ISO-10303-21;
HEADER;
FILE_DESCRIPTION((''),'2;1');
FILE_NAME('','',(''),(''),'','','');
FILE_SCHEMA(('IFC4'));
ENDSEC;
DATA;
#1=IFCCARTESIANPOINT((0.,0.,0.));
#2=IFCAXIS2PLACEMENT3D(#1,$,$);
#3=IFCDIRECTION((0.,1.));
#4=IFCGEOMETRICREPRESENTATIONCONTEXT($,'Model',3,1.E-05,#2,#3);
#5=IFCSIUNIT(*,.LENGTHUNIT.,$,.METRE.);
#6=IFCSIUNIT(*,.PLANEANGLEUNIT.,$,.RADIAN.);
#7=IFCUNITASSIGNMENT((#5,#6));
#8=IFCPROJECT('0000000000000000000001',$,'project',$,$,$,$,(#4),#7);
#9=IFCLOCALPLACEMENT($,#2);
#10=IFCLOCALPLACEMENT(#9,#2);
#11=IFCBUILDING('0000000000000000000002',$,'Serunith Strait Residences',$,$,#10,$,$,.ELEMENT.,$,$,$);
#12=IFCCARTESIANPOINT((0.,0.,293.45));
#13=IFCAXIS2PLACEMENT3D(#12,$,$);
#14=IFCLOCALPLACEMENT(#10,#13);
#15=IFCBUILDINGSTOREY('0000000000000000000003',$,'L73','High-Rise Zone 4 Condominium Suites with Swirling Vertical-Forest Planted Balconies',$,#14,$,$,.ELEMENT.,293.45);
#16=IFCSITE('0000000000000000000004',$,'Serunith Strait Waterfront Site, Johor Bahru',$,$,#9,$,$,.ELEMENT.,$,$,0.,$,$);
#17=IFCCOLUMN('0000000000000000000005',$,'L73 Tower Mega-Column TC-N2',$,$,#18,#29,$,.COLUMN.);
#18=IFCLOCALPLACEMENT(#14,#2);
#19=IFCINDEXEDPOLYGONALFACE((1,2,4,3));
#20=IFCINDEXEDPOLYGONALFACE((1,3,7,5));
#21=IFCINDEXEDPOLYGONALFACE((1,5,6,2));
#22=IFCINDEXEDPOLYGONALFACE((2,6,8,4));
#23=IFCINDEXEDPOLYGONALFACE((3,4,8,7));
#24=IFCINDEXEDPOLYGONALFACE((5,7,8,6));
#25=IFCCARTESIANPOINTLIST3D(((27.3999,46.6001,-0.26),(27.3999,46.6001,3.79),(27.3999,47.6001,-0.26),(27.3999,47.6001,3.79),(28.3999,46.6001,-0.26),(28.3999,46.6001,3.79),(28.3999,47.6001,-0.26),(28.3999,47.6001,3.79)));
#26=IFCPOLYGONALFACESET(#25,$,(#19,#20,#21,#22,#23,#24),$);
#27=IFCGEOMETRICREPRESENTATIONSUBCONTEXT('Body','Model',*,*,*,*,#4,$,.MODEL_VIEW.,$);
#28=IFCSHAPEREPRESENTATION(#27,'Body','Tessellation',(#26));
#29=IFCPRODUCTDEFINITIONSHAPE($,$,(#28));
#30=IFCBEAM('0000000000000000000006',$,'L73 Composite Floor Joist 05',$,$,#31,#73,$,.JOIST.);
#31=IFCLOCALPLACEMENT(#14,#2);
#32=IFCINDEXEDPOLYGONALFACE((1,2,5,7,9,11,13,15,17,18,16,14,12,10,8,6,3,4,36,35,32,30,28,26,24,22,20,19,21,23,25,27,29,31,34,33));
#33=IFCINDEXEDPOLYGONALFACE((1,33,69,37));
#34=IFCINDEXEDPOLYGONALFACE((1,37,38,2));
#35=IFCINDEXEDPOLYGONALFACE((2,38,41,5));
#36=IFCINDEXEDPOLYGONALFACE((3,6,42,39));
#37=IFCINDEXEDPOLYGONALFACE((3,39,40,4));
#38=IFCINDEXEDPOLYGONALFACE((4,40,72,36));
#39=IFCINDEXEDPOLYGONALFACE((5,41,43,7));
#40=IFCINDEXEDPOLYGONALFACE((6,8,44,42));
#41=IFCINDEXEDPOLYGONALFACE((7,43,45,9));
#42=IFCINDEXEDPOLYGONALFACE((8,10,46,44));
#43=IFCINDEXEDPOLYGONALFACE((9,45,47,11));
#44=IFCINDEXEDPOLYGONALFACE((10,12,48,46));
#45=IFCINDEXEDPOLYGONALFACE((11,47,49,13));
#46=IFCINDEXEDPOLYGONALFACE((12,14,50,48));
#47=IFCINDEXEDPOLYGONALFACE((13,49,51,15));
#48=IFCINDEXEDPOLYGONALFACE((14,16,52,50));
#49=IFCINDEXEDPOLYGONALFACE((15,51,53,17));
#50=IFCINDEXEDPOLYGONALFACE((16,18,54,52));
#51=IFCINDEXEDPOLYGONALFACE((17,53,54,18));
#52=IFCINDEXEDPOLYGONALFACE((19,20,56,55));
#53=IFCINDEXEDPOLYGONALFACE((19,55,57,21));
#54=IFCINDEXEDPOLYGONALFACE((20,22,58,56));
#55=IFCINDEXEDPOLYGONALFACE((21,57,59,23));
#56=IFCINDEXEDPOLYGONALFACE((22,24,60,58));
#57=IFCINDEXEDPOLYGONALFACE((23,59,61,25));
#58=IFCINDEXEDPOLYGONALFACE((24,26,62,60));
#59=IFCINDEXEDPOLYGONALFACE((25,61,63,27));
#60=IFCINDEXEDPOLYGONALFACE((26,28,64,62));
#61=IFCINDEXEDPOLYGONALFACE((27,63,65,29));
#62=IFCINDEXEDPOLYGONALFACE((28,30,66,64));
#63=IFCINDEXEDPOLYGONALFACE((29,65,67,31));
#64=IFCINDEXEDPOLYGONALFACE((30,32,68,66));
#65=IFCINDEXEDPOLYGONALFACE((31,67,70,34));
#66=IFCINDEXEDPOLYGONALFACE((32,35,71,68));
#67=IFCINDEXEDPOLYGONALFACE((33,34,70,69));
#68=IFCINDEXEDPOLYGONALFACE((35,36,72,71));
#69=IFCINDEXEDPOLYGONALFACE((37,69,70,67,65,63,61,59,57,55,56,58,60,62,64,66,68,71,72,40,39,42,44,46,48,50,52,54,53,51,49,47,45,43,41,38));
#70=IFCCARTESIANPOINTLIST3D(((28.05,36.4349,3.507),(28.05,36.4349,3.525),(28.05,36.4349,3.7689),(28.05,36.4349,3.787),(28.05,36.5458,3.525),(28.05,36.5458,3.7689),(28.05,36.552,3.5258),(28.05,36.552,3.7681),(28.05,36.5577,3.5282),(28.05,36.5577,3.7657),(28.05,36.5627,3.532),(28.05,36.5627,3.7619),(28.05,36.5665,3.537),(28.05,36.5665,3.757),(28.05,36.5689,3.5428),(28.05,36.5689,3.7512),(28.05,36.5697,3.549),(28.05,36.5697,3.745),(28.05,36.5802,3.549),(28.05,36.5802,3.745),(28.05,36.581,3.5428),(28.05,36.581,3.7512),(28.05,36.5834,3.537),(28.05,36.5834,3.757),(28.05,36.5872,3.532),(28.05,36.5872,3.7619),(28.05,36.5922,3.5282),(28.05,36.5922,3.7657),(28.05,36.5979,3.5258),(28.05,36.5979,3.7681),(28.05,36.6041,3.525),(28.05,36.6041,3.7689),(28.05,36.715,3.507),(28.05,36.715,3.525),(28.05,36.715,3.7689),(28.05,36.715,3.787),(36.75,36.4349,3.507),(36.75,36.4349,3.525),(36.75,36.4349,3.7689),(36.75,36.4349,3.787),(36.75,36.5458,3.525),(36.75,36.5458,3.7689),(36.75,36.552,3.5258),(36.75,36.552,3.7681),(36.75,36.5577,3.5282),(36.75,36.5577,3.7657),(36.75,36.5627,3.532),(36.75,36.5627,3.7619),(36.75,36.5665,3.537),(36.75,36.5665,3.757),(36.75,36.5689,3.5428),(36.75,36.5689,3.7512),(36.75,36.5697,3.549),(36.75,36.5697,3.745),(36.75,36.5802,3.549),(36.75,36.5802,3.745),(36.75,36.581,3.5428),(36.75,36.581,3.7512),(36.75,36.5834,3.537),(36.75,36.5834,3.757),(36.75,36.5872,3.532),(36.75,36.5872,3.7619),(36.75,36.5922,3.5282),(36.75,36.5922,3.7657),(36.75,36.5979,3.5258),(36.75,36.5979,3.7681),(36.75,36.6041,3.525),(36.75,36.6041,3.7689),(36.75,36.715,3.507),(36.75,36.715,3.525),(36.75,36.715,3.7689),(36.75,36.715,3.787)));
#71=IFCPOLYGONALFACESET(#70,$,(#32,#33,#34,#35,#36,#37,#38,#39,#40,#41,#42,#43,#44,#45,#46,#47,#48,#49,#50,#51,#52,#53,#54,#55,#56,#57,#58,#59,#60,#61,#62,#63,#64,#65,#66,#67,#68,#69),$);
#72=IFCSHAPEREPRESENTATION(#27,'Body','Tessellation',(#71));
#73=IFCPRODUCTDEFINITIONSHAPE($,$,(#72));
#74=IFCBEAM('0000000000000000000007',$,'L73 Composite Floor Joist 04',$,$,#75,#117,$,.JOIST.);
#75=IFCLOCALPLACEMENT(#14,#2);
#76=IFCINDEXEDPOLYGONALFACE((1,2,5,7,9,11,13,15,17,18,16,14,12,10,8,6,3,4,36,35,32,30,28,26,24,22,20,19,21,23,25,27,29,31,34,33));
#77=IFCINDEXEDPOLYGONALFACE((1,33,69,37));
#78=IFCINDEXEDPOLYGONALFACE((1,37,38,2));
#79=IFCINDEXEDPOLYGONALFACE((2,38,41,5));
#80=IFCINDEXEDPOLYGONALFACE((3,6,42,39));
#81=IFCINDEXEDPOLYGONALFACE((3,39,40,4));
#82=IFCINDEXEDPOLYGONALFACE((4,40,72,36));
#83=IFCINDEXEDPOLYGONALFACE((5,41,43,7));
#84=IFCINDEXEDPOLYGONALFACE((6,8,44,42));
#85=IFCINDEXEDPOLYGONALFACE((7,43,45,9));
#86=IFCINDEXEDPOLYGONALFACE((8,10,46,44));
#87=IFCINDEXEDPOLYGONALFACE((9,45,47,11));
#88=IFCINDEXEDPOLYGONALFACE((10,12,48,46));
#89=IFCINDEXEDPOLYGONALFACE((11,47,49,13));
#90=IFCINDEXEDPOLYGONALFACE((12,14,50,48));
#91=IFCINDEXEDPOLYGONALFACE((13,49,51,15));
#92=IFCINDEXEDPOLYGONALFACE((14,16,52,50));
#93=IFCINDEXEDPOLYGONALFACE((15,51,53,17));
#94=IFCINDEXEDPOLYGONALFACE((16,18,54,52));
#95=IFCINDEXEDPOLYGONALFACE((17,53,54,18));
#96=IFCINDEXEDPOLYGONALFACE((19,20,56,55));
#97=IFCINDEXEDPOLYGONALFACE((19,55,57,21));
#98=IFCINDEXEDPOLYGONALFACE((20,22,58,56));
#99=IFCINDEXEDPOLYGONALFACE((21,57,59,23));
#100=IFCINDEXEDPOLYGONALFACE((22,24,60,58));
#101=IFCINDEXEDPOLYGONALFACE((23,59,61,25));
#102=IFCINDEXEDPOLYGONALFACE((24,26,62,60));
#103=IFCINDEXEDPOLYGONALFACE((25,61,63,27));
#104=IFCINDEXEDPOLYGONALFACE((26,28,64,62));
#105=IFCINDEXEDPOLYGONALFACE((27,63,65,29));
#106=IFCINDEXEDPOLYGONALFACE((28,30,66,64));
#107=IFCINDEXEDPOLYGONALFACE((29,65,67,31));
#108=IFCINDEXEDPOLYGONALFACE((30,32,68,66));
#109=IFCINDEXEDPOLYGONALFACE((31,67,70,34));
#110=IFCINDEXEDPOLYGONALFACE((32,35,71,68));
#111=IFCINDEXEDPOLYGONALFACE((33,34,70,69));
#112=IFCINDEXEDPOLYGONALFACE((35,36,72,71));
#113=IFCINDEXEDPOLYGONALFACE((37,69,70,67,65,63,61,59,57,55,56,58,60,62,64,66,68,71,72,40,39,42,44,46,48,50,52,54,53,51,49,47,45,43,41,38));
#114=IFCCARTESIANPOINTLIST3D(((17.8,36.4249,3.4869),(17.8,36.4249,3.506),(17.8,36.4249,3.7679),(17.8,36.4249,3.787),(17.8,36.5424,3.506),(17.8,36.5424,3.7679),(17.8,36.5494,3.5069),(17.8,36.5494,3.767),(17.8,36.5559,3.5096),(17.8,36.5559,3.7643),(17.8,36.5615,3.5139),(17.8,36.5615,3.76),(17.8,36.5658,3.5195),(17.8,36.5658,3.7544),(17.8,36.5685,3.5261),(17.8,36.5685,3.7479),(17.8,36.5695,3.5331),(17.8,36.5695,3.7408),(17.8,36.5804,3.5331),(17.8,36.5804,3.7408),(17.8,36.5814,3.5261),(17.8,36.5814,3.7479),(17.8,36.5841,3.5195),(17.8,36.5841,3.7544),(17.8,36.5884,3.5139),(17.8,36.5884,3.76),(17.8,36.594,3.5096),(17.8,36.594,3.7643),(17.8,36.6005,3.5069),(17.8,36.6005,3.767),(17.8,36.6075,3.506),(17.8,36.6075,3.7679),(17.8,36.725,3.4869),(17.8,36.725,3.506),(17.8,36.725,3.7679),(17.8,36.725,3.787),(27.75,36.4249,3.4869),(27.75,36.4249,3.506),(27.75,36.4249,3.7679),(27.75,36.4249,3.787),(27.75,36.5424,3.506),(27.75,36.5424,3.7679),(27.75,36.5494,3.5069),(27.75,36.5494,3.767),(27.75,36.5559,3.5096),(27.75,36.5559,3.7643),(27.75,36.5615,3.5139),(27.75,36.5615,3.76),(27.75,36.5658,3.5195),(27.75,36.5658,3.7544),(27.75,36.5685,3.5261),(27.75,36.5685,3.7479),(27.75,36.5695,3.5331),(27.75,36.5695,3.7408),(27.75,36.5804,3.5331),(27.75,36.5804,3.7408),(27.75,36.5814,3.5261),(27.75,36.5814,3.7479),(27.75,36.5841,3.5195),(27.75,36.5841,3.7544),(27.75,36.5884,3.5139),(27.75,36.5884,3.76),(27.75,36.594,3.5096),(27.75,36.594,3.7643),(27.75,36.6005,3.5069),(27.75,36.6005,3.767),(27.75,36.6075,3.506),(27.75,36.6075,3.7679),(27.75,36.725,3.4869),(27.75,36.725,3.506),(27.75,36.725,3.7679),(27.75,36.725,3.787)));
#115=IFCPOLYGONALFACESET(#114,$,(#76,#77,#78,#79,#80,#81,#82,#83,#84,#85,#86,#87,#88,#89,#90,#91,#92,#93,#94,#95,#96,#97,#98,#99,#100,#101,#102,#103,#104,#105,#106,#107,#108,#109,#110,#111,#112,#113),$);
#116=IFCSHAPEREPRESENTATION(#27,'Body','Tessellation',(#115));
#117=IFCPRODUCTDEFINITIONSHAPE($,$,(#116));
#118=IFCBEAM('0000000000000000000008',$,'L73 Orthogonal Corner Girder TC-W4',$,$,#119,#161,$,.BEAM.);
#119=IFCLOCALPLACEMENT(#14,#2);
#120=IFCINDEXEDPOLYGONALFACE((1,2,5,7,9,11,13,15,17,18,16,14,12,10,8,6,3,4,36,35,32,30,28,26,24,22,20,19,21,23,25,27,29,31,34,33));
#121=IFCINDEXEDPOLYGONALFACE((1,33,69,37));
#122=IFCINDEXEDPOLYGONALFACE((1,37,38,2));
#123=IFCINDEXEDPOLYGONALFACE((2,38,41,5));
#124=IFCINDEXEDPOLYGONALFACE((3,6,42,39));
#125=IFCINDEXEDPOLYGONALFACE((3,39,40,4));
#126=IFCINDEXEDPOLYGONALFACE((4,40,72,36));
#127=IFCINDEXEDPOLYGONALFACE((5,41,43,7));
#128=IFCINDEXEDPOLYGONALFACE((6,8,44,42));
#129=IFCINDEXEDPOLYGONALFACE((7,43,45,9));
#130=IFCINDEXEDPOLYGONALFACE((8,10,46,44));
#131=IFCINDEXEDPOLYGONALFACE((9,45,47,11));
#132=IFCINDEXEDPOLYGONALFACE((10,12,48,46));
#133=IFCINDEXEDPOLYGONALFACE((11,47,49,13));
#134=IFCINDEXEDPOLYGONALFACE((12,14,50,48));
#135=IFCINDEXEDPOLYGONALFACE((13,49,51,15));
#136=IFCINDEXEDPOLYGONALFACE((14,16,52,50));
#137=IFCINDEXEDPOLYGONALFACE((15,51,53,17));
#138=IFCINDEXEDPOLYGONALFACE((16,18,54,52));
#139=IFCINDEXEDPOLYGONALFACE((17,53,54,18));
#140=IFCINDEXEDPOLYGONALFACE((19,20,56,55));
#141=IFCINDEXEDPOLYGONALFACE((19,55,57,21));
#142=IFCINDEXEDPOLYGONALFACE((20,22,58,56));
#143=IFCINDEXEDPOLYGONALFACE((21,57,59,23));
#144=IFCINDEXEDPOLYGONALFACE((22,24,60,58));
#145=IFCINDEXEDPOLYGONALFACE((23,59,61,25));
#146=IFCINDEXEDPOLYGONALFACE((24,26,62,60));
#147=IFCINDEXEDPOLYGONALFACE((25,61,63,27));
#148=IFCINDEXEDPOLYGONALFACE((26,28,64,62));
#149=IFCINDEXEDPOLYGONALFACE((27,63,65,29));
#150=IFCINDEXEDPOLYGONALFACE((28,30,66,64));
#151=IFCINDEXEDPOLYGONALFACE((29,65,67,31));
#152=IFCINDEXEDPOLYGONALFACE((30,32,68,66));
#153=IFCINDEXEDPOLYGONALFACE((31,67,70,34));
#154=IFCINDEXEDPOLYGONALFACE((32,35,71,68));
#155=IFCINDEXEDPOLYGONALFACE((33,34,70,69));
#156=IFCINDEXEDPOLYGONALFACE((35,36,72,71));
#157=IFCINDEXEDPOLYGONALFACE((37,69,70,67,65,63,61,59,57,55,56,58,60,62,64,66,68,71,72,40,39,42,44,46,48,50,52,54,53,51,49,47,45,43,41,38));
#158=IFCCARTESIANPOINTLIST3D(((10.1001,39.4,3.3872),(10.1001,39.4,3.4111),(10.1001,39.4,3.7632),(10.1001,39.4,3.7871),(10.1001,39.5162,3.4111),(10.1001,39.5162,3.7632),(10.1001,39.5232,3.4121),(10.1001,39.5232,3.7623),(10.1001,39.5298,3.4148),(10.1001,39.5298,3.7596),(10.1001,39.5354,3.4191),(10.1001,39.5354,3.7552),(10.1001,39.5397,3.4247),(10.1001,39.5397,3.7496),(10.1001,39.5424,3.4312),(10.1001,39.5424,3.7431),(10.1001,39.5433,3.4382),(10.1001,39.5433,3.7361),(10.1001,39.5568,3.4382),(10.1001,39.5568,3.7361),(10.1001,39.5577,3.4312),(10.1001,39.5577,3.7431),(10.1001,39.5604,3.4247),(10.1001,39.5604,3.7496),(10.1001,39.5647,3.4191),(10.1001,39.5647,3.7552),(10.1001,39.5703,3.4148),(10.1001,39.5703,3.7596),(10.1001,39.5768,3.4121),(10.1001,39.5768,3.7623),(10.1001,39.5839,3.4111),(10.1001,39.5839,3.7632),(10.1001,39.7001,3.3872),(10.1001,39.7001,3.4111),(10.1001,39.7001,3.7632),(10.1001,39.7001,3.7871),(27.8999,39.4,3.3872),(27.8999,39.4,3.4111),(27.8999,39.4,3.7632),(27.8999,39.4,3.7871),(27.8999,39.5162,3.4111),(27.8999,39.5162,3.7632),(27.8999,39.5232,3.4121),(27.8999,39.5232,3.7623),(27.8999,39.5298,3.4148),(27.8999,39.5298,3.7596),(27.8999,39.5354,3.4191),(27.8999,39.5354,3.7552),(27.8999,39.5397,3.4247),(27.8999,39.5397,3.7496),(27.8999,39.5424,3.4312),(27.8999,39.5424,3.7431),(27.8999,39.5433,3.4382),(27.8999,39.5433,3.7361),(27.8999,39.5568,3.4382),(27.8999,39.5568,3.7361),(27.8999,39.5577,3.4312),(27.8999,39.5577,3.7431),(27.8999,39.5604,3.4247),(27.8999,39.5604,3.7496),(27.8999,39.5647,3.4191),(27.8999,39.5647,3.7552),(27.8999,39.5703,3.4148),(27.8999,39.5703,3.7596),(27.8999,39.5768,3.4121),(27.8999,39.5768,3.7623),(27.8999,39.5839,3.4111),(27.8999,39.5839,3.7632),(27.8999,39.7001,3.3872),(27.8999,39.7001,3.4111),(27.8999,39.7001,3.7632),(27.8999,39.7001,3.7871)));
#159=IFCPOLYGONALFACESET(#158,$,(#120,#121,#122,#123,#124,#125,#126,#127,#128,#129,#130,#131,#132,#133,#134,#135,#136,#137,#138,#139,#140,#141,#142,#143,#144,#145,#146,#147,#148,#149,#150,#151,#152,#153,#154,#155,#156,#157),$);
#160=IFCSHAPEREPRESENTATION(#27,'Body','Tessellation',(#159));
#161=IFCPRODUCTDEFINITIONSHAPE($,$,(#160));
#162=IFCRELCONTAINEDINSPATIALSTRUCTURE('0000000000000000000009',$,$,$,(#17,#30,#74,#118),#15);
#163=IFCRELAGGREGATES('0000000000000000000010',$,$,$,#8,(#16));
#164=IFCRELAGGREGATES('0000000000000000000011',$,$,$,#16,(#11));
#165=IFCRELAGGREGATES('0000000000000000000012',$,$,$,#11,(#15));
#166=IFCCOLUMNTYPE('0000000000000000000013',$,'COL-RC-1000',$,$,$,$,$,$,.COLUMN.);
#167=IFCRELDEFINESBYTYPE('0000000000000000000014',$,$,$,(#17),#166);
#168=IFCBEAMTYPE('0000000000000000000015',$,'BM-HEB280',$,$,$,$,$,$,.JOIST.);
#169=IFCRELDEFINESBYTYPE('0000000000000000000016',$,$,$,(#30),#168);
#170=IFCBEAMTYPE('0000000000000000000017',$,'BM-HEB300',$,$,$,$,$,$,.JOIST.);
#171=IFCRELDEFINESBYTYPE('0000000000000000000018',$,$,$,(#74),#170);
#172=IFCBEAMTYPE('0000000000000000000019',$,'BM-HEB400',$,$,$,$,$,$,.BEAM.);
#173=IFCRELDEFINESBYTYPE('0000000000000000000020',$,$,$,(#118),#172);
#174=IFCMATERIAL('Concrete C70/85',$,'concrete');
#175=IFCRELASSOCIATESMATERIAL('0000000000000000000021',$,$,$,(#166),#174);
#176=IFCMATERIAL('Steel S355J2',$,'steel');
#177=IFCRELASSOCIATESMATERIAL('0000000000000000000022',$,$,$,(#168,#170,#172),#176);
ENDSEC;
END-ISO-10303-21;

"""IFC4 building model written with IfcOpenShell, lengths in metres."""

from ifc_helpers import new_model, si_unit, direction, frame, origin, origin_2d, place, context, subcontext, project, spatial, rectangle, i_section, extrude, source, transform, mapped, material, material_profile, profile_set, type_object, element, save


model = new_model("IFC4")

# Units and contexts
model_context = context("Model", 3, precision=1e-05, world=origin(), true_north=direction((0.0, 1.0)))
body_context = subcontext(model_context, "Body", "Model", "MODEL_VIEW")
ifc_project = project(units=[si_unit("LENGTHUNIT", "METRE"), si_unit("PLANEANGLEUNIT", "RADIAN")], contexts=[model_context])

# Site, building, storey
site_placement = place(None, origin())
site = spatial("IfcSite", under=ifc_project, at=site_placement, Name="Serunith Strait Waterfront Site, Johor Bahru", CompositionType="ELEMENT", RefElevation=0.0)
building_placement = place(site_placement, origin())
building = spatial("IfcBuilding", under=site, at=building_placement, Name="Serunith Strait Residences", CompositionType="ELEMENT")
storey_placement = place(building_placement, frame((0.0, 0.0, 293.45)))
storey = spatial("IfcBuildingStorey", under=building, at=storey_placement, Name="L73", Description="High-Rise Zone 4 Condominium Suites with Swirling Vertical-Forest Planted Balconies", CompositionType="ELEMENT", Elevation=293.45)

# Column
ifc_material_1 = material(Name="Concrete C70/85", Category="concrete")
ifc_material_profile_1 = material_profile(ifc_material_1, rectangle(XDim=1.0, YDim=1.0, at=origin_2d()), Name="RC 1000x1000")
ifc_profile_set_1 = profile_set([ifc_material_profile_1], Name="Concrete C70/85")
column_type = type_object("IfcColumnType", Name="COL-RC-1000", PredefinedType="COLUMN", material=ifc_profile_set_1)
shared_shape_1 = source(origin(), body_context, "Body", "SweptSolid", [
    extrude(rectangle(XDim=1.0, YDim=1.0, at=origin_2d()), origin(), (0.0, 0.0, 1.0), 4.05),
])
column_placement = place(storey_placement, frame((27.8999, 47.1001, -0.26), z_axis=(0.0, 0.0, 1.0), x_axis=(1.0, 0.0, 0.0)))
element("IfcColumn", 1, at=column_placement, inside=storey, type_object=column_type, Name="L73 Tower Mega-Column TC-N2", PredefinedType="COLUMN", context=body_context, shape_type="MappedRepresentation", body=[
    mapped(shared_shape_1, transform((0.0, 0.0, 0.0), scale=1.0)),
])

# Beams
ifc_material_2 = material(Name="Steel S355J2", Category="steel")
ifc_material_profile_2 = material_profile(ifc_material_2, i_section(OverallWidth=0.28, OverallDepth=0.28, WebThickness=0.0105, FlangeThickness=0.0181, FilletRadius=0.0239, at=origin_2d()), Name="HEB 280")
ifc_profile_set_2 = profile_set([ifc_material_profile_2], Name="Steel S355J2")
beam_type_1 = type_object("IfcBeamType", Name="BM-HEB280", PredefinedType="JOIST", material=ifc_profile_set_2)
shared_shape_2 = source(origin(), body_context, "Body", "SweptSolid", [
    extrude(i_section(OverallWidth=0.28, OverallDepth=0.28, WebThickness=0.0105, FlangeThickness=0.0181, FilletRadius=0.0239, at=origin_2d()), origin(), (0.0, 0.0, 1.0), 8.7),
])
beam_1_placement = place(storey_placement, frame((28.05, 36.575, 3.647), z_axis=(1.0, 0.0, 0.0), x_axis=(0.0, 1.0, 0.0)))
element("IfcBeam", 2, at=beam_1_placement, inside=storey, type_object=beam_type_1, Name="L73 Composite Floor Joist 05", PredefinedType="JOIST", context=body_context, shape_type="MappedRepresentation", body=[
    mapped(shared_shape_2, transform((0.0, 0.0, 0.0), scale=1.0)),
])
ifc_material_profile_3 = material_profile(ifc_material_2, i_section(OverallWidth=0.3, OverallDepth=0.3, WebThickness=0.011, FlangeThickness=0.019, FilletRadius=0.0271, at=origin_2d()), Name="HEB 300")
ifc_profile_set_3 = profile_set([ifc_material_profile_3], Name="Steel S355J2")
beam_type_2 = type_object("IfcBeamType", Name="BM-HEB300", PredefinedType="JOIST", material=ifc_profile_set_3)
shared_shape_3 = source(origin(), body_context, "Body", "SweptSolid", [
    extrude(i_section(OverallWidth=0.3, OverallDepth=0.3, WebThickness=0.011, FlangeThickness=0.019, FilletRadius=0.0271, at=origin_2d()), origin(), (0.0, 0.0, 1.0), 9.95),
])
beam_2_placement = place(storey_placement, frame((17.8, 36.575, 3.637), z_axis=(1.0, 0.0, 0.0), x_axis=(0.0, 1.0, 0.0)))
element("IfcBeam", 3, at=beam_2_placement, inside=storey, type_object=beam_type_2, Name="L73 Composite Floor Joist 04", PredefinedType="JOIST", context=body_context, shape_type="MappedRepresentation", body=[
    mapped(shared_shape_3, transform((0.0, 0.0, 0.0), scale=1.0)),
])
ifc_material_profile_4 = material_profile(ifc_material_2, i_section(OverallWidth=0.3, OverallDepth=0.3999, WebThickness=0.0134, FlangeThickness=0.0239, FilletRadius=0.0271, at=origin_2d()), Name="HEB 400")
ifc_profile_set_4 = profile_set([ifc_material_profile_4], Name="Steel S355J2")
beam_type_3 = type_object("IfcBeamType", Name="BM-HEB400", PredefinedType="BEAM", material=ifc_profile_set_4)
shared_shape_4 = source(origin(), body_context, "Body", "SweptSolid", [
    extrude(i_section(OverallWidth=0.3, OverallDepth=0.3999, WebThickness=0.0134, FlangeThickness=0.0239, FilletRadius=0.0271, at=origin_2d()), origin(), (0.0, 0.0, 1.0), 17.7998),
])
beam_3_placement = place(storey_placement, frame((27.8999, 39.55, 3.5872), z_axis=(-1.0, 0.0, 0.0), x_axis=(0.0, -1.0, 0.0)))
element("IfcBeam", 4, at=beam_3_placement, inside=storey, type_object=beam_type_3, Name="L73 Orthogonal Corner Girder TC-W4", PredefinedType="BEAM", context=body_context, shape_type="MappedRepresentation", body=[
    mapped(shared_shape_4, transform((0.0, 0.0, 0.0), scale=1.0)),
])

save(model, "model.ifc")
